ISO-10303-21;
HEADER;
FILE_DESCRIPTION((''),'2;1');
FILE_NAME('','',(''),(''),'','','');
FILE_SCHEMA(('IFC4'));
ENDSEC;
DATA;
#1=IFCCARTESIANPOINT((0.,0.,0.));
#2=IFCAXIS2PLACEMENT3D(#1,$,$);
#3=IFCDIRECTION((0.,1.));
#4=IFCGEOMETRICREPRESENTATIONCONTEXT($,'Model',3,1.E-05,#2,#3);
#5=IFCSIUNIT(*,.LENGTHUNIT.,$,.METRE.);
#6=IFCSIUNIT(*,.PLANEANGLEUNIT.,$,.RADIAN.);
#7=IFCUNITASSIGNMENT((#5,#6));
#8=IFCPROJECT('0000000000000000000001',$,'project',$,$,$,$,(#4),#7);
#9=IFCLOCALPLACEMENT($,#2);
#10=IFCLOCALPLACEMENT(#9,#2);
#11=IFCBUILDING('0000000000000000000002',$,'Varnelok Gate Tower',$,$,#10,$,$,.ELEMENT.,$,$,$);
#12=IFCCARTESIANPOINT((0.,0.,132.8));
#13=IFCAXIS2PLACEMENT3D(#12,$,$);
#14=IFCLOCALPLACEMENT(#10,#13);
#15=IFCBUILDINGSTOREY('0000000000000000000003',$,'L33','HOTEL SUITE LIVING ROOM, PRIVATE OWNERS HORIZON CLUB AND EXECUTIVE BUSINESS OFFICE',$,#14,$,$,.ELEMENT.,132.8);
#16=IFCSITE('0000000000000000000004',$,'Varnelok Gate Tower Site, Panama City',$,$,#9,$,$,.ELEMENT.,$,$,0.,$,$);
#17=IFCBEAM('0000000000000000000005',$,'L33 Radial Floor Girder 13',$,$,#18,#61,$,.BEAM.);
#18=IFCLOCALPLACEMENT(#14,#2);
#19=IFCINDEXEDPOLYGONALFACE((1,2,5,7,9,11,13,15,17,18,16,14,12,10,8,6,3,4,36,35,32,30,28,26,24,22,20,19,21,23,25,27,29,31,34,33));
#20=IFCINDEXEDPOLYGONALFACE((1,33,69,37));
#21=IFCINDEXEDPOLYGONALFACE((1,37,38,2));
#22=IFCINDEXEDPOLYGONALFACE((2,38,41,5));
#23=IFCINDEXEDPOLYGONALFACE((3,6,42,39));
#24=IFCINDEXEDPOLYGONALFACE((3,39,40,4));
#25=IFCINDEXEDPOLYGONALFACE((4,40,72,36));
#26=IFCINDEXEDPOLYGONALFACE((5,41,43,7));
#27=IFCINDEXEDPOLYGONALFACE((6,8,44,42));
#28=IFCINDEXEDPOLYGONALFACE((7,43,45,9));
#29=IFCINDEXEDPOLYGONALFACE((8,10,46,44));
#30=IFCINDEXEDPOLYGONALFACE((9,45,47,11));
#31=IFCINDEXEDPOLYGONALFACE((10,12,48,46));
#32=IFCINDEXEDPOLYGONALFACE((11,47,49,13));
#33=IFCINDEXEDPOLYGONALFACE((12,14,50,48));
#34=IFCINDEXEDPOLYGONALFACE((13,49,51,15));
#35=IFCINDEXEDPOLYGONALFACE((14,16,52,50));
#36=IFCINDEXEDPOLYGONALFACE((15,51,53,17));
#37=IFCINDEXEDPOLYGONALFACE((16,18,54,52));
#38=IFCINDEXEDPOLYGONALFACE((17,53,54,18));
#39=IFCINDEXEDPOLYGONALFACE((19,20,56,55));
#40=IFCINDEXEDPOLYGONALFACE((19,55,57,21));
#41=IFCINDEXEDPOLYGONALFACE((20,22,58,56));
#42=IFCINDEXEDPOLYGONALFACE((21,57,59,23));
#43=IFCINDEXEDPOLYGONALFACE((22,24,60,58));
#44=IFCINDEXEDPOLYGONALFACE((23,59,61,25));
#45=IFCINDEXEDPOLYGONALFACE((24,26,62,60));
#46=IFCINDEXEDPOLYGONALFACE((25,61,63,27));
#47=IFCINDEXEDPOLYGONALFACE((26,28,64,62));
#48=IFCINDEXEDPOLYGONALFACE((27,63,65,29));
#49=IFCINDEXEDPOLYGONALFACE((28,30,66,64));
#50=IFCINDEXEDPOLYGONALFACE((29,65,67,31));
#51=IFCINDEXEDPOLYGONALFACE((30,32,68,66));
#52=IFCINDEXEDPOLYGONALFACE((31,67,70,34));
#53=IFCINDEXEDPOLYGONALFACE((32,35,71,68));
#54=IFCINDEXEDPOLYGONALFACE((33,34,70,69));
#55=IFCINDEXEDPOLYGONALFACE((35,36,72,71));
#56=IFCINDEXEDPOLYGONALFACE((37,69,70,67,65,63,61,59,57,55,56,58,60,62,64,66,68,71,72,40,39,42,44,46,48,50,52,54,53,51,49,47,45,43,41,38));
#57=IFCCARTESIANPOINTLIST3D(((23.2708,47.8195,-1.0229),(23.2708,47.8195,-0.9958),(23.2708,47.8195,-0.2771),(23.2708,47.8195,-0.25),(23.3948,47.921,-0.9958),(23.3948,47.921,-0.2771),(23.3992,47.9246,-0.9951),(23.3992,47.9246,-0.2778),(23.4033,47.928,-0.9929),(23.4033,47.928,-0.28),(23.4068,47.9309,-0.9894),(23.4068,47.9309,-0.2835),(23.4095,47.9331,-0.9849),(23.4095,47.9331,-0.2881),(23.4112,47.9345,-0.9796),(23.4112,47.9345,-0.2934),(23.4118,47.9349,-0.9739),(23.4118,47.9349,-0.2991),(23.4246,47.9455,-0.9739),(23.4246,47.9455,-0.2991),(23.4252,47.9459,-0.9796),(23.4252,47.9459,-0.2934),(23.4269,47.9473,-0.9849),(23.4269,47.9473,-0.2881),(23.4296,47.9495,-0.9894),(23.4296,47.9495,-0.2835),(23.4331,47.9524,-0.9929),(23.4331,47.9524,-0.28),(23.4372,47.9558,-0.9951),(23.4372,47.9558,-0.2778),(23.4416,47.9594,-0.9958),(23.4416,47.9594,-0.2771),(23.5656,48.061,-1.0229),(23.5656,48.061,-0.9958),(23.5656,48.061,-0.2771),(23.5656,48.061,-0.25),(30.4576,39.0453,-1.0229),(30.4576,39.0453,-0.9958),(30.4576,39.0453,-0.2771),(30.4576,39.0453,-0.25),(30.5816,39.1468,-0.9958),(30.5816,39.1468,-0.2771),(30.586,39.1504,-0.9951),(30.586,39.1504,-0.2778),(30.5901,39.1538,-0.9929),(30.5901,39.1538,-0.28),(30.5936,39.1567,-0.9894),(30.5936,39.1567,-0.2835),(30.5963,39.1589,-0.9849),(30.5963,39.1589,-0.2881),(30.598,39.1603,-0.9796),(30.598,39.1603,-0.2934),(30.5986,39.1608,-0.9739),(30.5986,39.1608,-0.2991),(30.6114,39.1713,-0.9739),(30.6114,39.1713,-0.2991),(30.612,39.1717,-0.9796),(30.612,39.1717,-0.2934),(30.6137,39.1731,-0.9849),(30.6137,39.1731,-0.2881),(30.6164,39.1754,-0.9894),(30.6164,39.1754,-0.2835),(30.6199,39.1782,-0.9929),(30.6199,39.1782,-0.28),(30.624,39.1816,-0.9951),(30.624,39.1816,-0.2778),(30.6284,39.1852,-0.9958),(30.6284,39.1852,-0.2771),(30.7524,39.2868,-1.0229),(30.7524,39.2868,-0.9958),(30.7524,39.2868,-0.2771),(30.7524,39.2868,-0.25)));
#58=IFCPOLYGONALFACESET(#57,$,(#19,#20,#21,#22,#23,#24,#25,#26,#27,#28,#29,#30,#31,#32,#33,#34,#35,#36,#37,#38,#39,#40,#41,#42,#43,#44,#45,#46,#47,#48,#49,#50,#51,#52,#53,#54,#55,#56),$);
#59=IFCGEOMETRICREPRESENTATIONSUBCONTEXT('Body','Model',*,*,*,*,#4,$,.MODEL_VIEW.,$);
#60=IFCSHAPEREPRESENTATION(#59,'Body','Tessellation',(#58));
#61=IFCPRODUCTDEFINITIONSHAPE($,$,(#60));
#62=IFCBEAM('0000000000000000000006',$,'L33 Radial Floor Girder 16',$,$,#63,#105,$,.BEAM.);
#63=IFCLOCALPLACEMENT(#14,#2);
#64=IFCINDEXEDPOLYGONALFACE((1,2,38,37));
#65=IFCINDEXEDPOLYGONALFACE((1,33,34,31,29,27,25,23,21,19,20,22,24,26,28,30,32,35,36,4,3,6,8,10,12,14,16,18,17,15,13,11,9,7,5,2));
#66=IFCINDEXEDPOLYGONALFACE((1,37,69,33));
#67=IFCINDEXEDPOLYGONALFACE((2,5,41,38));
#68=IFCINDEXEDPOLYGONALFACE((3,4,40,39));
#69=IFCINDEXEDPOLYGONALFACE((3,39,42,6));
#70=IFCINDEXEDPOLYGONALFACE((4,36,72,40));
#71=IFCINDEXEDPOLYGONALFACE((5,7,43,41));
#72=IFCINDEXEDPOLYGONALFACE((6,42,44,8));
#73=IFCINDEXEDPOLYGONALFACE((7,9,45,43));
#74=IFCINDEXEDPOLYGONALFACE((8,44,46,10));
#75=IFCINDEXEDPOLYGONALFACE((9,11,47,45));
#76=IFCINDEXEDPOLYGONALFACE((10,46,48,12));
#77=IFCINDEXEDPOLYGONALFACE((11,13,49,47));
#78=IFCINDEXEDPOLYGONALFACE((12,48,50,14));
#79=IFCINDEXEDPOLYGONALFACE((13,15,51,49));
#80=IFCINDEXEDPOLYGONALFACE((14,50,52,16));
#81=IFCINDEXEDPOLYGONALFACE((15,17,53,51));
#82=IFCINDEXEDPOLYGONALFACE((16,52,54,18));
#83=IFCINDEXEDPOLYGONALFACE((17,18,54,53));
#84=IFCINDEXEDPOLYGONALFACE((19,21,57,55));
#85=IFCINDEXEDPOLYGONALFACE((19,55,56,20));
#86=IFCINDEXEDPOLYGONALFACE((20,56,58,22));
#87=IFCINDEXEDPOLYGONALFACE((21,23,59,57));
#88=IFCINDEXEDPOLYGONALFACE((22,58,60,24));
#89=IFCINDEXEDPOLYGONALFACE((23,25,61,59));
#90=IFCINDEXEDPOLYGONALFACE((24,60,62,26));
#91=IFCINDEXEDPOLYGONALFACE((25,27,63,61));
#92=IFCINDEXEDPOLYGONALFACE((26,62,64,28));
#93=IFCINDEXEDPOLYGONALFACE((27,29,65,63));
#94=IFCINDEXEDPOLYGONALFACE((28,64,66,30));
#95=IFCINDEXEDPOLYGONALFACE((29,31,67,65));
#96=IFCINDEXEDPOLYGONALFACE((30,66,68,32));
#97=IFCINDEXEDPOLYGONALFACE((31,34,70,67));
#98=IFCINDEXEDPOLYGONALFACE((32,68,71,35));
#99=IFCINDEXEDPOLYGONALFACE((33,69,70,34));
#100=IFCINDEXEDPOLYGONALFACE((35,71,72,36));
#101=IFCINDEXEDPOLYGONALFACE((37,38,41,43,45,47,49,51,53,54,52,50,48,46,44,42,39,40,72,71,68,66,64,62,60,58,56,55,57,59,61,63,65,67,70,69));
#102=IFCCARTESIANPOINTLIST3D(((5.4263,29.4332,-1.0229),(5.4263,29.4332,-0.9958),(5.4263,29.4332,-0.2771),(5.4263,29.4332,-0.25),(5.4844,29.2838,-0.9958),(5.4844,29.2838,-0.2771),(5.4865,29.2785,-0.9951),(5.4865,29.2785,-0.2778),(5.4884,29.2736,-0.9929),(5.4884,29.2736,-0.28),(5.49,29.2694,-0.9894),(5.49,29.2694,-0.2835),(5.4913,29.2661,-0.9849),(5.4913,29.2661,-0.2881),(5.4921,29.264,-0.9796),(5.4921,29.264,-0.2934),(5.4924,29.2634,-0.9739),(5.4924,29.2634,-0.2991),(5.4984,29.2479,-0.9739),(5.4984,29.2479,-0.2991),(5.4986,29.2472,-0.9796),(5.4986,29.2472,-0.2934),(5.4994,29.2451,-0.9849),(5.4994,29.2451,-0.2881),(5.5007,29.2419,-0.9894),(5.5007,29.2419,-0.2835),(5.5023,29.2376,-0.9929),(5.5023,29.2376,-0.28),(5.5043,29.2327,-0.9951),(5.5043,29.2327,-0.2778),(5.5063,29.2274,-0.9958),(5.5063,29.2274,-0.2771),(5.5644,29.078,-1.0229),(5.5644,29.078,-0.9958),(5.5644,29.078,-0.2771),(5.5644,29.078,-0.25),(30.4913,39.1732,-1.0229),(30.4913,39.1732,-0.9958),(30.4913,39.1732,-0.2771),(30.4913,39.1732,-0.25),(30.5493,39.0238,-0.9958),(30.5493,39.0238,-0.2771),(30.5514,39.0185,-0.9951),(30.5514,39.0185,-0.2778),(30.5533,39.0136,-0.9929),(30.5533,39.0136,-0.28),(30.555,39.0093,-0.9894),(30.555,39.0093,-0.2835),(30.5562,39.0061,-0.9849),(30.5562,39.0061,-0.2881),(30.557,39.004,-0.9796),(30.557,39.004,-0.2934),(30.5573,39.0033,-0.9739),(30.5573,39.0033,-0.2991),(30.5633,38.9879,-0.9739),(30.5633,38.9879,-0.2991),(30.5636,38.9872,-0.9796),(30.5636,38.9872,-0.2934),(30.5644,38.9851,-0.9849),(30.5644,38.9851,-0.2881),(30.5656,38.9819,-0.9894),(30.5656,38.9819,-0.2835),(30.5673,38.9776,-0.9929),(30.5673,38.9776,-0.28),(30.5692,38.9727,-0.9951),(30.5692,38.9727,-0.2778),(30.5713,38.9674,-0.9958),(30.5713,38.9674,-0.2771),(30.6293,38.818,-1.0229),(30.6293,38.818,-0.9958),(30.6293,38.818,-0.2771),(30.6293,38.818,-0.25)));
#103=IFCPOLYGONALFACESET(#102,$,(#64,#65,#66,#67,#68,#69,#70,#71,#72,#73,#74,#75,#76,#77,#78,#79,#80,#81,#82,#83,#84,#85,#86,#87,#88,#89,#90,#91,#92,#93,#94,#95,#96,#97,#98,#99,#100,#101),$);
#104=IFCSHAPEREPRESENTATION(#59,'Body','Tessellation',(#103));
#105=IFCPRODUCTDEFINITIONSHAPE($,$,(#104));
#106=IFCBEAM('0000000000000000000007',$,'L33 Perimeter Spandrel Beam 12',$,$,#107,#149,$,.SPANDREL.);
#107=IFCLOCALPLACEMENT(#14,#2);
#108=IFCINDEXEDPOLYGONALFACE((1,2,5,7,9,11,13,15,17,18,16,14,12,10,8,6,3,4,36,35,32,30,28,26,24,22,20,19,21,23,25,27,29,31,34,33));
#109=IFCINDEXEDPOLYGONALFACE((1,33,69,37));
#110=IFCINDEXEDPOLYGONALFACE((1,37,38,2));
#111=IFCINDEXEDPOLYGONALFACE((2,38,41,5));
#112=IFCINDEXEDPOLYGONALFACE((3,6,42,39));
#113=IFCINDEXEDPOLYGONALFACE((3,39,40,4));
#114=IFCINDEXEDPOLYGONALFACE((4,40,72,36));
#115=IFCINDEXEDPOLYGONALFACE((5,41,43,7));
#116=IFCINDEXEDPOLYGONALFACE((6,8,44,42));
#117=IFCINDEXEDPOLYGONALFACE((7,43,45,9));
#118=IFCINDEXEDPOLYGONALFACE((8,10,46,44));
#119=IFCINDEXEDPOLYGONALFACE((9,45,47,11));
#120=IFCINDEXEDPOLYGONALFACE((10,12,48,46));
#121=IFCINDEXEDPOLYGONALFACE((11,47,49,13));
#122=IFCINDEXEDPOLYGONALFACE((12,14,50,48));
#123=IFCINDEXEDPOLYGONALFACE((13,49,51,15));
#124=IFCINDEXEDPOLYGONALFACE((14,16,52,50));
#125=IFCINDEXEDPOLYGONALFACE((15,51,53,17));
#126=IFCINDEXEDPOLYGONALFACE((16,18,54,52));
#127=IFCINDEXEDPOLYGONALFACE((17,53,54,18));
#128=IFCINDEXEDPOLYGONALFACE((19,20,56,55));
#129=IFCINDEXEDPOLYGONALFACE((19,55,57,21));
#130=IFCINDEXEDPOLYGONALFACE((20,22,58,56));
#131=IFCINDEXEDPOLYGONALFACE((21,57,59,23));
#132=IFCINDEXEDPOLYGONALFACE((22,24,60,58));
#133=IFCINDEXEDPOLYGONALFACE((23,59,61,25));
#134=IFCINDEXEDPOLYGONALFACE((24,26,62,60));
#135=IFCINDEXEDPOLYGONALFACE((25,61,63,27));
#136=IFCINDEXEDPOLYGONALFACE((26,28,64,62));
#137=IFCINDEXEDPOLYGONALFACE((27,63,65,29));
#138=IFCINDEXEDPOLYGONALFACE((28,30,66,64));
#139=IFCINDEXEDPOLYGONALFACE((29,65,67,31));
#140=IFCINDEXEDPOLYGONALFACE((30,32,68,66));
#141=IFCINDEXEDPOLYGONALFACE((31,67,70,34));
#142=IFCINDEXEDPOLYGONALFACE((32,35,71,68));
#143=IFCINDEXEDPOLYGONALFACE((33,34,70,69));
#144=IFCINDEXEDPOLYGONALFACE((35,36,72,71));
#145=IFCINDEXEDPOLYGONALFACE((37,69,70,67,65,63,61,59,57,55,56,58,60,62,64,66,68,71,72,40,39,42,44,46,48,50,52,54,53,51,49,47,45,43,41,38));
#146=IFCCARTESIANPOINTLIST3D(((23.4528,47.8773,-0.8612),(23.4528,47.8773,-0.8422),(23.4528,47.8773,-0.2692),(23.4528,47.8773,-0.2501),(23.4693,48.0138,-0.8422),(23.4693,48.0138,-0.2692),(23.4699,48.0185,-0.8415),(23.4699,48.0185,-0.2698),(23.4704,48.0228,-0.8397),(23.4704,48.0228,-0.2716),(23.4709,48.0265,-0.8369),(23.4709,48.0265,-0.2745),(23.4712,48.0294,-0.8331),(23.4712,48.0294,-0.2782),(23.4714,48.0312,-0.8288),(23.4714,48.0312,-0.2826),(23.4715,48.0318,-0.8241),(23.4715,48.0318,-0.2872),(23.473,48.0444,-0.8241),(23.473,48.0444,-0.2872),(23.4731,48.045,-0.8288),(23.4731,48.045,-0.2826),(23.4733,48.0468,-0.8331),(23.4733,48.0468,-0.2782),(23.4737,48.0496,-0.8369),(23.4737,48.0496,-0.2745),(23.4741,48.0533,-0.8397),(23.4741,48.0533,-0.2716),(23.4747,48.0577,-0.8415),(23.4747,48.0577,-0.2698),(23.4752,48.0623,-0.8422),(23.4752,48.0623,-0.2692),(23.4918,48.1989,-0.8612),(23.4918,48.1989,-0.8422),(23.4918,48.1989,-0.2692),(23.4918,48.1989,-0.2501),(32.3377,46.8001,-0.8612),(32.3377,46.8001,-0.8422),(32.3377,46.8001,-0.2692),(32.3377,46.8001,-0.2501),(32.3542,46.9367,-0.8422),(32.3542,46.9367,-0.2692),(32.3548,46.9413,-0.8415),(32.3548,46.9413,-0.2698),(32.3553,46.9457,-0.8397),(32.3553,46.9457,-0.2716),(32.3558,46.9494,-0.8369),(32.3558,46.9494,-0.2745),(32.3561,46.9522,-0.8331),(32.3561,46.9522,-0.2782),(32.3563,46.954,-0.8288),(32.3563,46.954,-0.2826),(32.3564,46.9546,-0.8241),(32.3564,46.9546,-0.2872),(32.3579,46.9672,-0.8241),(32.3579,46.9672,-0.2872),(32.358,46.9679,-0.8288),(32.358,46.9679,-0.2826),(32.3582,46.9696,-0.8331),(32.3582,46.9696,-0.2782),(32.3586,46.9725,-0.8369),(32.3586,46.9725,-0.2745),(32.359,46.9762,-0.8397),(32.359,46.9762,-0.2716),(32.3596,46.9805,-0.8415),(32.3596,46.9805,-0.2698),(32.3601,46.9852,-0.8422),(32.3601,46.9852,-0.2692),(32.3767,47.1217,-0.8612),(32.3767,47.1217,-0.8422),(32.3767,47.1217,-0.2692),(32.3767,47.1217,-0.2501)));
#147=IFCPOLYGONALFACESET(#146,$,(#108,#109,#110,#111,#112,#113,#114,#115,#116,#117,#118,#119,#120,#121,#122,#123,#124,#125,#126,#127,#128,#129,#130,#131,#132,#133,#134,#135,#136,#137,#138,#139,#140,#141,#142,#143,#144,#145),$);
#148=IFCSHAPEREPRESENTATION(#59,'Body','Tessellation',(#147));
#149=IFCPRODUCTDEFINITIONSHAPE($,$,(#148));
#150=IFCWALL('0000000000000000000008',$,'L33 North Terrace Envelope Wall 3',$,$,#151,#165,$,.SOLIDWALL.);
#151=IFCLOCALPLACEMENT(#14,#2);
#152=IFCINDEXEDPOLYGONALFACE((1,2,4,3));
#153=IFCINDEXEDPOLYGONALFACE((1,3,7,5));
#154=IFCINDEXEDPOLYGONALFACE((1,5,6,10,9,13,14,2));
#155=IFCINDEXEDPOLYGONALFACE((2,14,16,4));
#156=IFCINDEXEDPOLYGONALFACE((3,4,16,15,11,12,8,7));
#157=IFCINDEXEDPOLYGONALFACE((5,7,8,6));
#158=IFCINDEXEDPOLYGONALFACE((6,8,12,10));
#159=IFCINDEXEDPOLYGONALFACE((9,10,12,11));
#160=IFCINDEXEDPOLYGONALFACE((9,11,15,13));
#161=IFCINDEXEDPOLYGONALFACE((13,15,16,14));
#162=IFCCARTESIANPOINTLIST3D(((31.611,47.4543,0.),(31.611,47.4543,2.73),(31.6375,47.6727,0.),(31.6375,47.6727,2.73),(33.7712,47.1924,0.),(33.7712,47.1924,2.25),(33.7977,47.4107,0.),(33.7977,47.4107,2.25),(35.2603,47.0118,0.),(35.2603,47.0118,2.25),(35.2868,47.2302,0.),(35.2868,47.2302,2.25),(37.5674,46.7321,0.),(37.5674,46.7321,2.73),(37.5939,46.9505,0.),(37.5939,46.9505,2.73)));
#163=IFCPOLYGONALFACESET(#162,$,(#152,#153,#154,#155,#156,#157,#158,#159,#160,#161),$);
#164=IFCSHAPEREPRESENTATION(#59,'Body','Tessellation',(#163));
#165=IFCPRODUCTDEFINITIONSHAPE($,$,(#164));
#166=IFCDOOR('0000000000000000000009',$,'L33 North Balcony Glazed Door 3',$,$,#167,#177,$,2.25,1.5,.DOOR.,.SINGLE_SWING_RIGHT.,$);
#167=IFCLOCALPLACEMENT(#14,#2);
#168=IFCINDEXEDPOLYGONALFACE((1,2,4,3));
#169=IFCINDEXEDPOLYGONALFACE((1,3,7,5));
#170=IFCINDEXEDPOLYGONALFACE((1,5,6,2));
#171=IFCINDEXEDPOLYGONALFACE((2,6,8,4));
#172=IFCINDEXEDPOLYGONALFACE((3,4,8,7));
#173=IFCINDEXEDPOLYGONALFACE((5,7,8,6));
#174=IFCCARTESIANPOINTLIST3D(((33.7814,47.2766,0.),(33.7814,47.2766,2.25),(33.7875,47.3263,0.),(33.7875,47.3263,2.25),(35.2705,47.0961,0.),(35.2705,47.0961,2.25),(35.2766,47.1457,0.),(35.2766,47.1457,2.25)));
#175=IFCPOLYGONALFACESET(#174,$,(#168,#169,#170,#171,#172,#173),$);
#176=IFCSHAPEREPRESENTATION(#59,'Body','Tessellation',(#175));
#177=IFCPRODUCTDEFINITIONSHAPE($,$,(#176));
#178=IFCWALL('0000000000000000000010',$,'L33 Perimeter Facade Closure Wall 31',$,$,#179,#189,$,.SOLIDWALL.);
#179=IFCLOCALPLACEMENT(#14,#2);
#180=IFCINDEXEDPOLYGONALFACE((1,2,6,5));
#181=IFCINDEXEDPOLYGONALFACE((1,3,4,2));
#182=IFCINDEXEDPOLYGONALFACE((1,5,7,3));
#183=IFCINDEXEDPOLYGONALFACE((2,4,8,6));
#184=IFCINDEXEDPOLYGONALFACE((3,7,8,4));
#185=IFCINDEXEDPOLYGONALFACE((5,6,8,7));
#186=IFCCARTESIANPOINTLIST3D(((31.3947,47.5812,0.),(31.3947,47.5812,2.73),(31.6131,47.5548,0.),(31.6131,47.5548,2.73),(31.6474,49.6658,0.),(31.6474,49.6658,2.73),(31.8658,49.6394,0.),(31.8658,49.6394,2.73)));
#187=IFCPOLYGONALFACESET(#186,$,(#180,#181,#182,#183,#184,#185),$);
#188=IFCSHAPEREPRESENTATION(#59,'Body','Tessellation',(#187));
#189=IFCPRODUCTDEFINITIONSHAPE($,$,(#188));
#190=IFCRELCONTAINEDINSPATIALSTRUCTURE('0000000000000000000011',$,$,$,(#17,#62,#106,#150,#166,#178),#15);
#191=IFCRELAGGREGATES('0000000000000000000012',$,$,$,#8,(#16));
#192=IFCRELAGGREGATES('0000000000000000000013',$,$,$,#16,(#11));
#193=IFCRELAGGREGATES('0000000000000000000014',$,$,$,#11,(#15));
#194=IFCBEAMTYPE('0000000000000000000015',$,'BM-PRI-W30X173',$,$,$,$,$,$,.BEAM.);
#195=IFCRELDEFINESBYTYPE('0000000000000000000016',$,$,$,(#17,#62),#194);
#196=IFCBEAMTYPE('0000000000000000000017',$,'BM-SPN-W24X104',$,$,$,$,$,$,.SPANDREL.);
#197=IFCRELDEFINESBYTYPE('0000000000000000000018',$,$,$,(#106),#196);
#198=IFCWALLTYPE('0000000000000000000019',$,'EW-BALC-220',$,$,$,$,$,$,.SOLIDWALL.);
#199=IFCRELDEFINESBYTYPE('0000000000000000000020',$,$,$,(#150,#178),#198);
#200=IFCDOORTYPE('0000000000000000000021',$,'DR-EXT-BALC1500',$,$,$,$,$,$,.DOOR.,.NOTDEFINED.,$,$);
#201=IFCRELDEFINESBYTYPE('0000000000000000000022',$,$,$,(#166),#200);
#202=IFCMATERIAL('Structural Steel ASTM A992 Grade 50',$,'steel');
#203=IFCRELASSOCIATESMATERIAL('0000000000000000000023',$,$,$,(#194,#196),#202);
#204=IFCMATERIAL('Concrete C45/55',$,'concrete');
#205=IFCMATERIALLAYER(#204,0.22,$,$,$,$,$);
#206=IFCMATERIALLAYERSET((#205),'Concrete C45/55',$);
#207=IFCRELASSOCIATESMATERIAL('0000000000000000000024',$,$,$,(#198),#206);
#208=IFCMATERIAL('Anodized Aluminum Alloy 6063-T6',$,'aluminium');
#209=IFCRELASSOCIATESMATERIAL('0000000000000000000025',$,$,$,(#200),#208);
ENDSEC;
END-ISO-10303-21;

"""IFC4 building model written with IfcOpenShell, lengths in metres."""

from ifc_helpers import new_model, si_unit, direction, frame, frame_2d, origin, origin_2d, place, context, subcontext, project, spatial, rectangle, i_section, extrude, material, layer, layer_set, material_profile, profile_set, type_object, element, fill, save


model = new_model("IFC4")

# Units and contexts
model_context = context("Model", 3, precision=1e-05, world=origin(), true_north=direction((0.0, 1.0)))
body_context = subcontext(model_context, "Body", "Model", "MODEL_VIEW")
ifc_project = project(units=[si_unit("LENGTHUNIT", "METRE"), si_unit("PLANEANGLEUNIT", "RADIAN")], contexts=[model_context])

# Site, building, storey
site_placement = place(None, origin())
site = spatial("IfcSite", under=ifc_project, at=site_placement, Name="Varnelok Gate Tower Site, Panama City", CompositionType="ELEMENT", RefElevation=0.0)
building_placement = place(site_placement, origin())
building = spatial("IfcBuilding", under=site, at=building_placement, Name="Varnelok Gate Tower", CompositionType="ELEMENT")
storey_placement = place(building_placement, frame((0.0, 0.0, 132.8)))
storey = spatial("IfcBuildingStorey", under=building, at=storey_placement, Name="L33", Description="HOTEL SUITE LIVING ROOM, PRIVATE OWNERS HORIZON CLUB AND EXECUTIVE BUSINESS OFFICE", CompositionType="ELEMENT", Elevation=132.8)

# Shared definitions
ifc_material_1 = material(Name="Structural Steel ASTM A992 Grade 50", Category="steel")

# Beams
ifc_material_profile_1 = material_profile(ifc_material_1, i_section(OverallWidth=0.3811, OverallDepth=0.7729, WebThickness=0.0166, FlangeThickness=0.0271, FilletRadius=0.022, at=origin_2d()), Name="W30X173")
ifc_profile_set_1 = profile_set([ifc_material_profile_1], Name="Structural Steel ASTM A992 Grade 50")
beam_type_1 = type_object("IfcBeamType", Name="BM-PRI-W30X173", PredefinedType="BEAM", material=ifc_profile_set_1)
beam_1_placement = place(storey_placement, frame((30.605, 39.166, -0.6365), z_axis=(-0.633655, 0.773616, 0.0), x_axis=(-0.773616, -0.633655, 0.0)))
element("IfcBeam", 1, at=beam_1_placement, inside=storey, type_object=beam_type_1, Name="L33 Radial Floor Girder 13", PredefinedType="BEAM", context=body_context, shape_type="SweptSolid", body=[
    extrude(i_section(OverallWidth=0.3811, OverallDepth=0.7729, WebThickness=0.0166, FlangeThickness=0.0271, FilletRadius=0.022, at=origin_2d()), origin(), (0.0, 0.0, 1.0), 11.3418),
])
beam_2_placement = place(storey_placement, frame((30.5603, 38.9956, -0.6365), z_axis=(-0.932099, -0.362204, 0.0), x_axis=(0.362204, -0.932099, 0.0)))
element("IfcBeam", 2, at=beam_2_placement, inside=storey, type_object=beam_type_1, Name="L33 Radial Floor Girder 16", PredefinedType="BEAM", context=body_context, shape_type="SweptSolid", body=[
    extrude(i_section(OverallWidth=0.3811, OverallDepth=0.7729, WebThickness=0.0166, FlangeThickness=0.0271, FilletRadius=0.022, at=origin_2d()), origin(), (0.0, 0.0, 1.0), 26.8909),
])
ifc_material_profile_2 = material_profile(ifc_material_1, i_section(OverallWidth=0.324, OverallDepth=0.6111, WebThickness=0.0127, FlangeThickness=0.019, FilletRadius=0.0181, at=origin_2d()), Name="W24X104")
ifc_profile_set_2 = profile_set([ifc_material_profile_2], Name="Structural Steel ASTM A992 Grade 50")
beam_type_2 = type_object("IfcBeamType", Name="BM-SPN-W24X104", PredefinedType="SPANDREL", material=ifc_profile_set_2)
beam_3_placement = place(storey_placement, frame((32.3572, 46.9609, -0.5557), z_axis=(-0.992731, 0.120351, 0.0), x_axis=(-0.120351, -0.992731, 0.0)))
element("IfcBeam", 3, at=beam_3_placement, inside=storey, type_object=beam_type_2, Name="L33 Perimeter Spandrel Beam 12", PredefinedType="SPANDREL", context=body_context, shape_type="SweptSolid", body=[
    extrude(i_section(OverallWidth=0.324, OverallDepth=0.6111, WebThickness=0.0127, FlangeThickness=0.019, FilletRadius=0.0181, at=origin_2d()), origin(), (0.0, 0.0, 1.0), 8.95),
])

# Wall, opening, door
ifc_material_2 = material(Name="Concrete C45/55", Category="concrete")
ifc_layer_1 = layer(ifc_material_2, 0.22)
ifc_layer_set_1 = layer_set([ifc_layer_1], Name="Concrete C45/55")
wall_type_1 = type_object("IfcWallType", Name="EW-BALC-220", PredefinedType="SOLIDWALL", material=ifc_layer_set_1)
wall_1_placement = place(storey_placement, frame((31.6243, 47.5635, 0.0), z_axis=(0.0, 0.0, 1.0), x_axis=(0.99273, -0.120363, 0.0)))
wall_1 = element("IfcWall", 4, at=wall_1_placement, inside=storey, type_object=wall_type_1, Name="L33 North Terrace Envelope Wall 3", PredefinedType="SOLIDWALL", context=body_context, shape_type="SweptSolid", body=[
    extrude(rectangle(XDim=6.0, YDim=0.22, at=frame_2d((3.0, 0.0))), origin(), (0.0, 0.0, 1.0), 2.73),
])
opening_1_placement = place(wall_1_placement, frame((2.176, 0.0, 0.0)))
opening_1 = element("IfcOpeningElement", 5, at=opening_1_placement, cuts=wall_1, PredefinedType="OPENING", context=body_context, shape_type="SweptSolid", body=[
    extrude(rectangle(XDim=1.5, YDim=2.25, at=frame_2d((0.75, 1.125))), frame((0.0, 0.1199, 0.0), z_axis=(0.0, -1.0, 0.0), x_axis=(1.0, 0.0, 0.0)), (0.0, 0.0, 1.0), 0.24),
])
ifc_material_3 = material(Name="Anodized Aluminum Alloy 6063-T6", Category="aluminium")
door_type_1 = type_object("IfcDoorType", Name="DR-EXT-BALC1500", OperationType="NOTDEFINED", PredefinedType="DOOR", material=ifc_material_3)
door_1_placement = place(opening_1_placement, origin())
door_1 = element("IfcDoor", 6, at=door_1_placement, inside=storey, type_object=door_type_1, Name="L33 North Balcony Glazed Door 3", OperationType="SINGLE_SWING_RIGHT", OverallHeight=2.25, OverallWidth=1.5, PredefinedType="DOOR", context=body_context, shape_type="SweptSolid", body=[
    extrude(rectangle(XDim=1.5, YDim=2.25, at=frame_2d((0.75, 1.125))), frame((0.0, 0.0249, 0.0), z_axis=(0.0, -1.0, 0.0), x_axis=(1.0, 0.0, 0.0)), (0.0, 0.0, 1.0), 0.05),
])
fill(opening_1, door_1)

# Wall
wall_2_placement = place(storey_placement, frame((31.5039, 47.5681, 0.0), z_axis=(0.0, 0.0, 1.0), x_axis=(0.120342, 0.992733, 0.0)))
element("IfcWall", 7, at=wall_2_placement, inside=storey, type_object=wall_type_1, Name="L33 Perimeter Facade Closure Wall 31", PredefinedType="SOLIDWALL", context=body_context, shape_type="SweptSolid", body=[
    extrude(rectangle(XDim=2.0999, YDim=0.22, at=frame_2d((1.0498, 0.0))), origin(), (0.0, 0.0, 1.0), 2.73),
])

save(model, "model.ifc")
